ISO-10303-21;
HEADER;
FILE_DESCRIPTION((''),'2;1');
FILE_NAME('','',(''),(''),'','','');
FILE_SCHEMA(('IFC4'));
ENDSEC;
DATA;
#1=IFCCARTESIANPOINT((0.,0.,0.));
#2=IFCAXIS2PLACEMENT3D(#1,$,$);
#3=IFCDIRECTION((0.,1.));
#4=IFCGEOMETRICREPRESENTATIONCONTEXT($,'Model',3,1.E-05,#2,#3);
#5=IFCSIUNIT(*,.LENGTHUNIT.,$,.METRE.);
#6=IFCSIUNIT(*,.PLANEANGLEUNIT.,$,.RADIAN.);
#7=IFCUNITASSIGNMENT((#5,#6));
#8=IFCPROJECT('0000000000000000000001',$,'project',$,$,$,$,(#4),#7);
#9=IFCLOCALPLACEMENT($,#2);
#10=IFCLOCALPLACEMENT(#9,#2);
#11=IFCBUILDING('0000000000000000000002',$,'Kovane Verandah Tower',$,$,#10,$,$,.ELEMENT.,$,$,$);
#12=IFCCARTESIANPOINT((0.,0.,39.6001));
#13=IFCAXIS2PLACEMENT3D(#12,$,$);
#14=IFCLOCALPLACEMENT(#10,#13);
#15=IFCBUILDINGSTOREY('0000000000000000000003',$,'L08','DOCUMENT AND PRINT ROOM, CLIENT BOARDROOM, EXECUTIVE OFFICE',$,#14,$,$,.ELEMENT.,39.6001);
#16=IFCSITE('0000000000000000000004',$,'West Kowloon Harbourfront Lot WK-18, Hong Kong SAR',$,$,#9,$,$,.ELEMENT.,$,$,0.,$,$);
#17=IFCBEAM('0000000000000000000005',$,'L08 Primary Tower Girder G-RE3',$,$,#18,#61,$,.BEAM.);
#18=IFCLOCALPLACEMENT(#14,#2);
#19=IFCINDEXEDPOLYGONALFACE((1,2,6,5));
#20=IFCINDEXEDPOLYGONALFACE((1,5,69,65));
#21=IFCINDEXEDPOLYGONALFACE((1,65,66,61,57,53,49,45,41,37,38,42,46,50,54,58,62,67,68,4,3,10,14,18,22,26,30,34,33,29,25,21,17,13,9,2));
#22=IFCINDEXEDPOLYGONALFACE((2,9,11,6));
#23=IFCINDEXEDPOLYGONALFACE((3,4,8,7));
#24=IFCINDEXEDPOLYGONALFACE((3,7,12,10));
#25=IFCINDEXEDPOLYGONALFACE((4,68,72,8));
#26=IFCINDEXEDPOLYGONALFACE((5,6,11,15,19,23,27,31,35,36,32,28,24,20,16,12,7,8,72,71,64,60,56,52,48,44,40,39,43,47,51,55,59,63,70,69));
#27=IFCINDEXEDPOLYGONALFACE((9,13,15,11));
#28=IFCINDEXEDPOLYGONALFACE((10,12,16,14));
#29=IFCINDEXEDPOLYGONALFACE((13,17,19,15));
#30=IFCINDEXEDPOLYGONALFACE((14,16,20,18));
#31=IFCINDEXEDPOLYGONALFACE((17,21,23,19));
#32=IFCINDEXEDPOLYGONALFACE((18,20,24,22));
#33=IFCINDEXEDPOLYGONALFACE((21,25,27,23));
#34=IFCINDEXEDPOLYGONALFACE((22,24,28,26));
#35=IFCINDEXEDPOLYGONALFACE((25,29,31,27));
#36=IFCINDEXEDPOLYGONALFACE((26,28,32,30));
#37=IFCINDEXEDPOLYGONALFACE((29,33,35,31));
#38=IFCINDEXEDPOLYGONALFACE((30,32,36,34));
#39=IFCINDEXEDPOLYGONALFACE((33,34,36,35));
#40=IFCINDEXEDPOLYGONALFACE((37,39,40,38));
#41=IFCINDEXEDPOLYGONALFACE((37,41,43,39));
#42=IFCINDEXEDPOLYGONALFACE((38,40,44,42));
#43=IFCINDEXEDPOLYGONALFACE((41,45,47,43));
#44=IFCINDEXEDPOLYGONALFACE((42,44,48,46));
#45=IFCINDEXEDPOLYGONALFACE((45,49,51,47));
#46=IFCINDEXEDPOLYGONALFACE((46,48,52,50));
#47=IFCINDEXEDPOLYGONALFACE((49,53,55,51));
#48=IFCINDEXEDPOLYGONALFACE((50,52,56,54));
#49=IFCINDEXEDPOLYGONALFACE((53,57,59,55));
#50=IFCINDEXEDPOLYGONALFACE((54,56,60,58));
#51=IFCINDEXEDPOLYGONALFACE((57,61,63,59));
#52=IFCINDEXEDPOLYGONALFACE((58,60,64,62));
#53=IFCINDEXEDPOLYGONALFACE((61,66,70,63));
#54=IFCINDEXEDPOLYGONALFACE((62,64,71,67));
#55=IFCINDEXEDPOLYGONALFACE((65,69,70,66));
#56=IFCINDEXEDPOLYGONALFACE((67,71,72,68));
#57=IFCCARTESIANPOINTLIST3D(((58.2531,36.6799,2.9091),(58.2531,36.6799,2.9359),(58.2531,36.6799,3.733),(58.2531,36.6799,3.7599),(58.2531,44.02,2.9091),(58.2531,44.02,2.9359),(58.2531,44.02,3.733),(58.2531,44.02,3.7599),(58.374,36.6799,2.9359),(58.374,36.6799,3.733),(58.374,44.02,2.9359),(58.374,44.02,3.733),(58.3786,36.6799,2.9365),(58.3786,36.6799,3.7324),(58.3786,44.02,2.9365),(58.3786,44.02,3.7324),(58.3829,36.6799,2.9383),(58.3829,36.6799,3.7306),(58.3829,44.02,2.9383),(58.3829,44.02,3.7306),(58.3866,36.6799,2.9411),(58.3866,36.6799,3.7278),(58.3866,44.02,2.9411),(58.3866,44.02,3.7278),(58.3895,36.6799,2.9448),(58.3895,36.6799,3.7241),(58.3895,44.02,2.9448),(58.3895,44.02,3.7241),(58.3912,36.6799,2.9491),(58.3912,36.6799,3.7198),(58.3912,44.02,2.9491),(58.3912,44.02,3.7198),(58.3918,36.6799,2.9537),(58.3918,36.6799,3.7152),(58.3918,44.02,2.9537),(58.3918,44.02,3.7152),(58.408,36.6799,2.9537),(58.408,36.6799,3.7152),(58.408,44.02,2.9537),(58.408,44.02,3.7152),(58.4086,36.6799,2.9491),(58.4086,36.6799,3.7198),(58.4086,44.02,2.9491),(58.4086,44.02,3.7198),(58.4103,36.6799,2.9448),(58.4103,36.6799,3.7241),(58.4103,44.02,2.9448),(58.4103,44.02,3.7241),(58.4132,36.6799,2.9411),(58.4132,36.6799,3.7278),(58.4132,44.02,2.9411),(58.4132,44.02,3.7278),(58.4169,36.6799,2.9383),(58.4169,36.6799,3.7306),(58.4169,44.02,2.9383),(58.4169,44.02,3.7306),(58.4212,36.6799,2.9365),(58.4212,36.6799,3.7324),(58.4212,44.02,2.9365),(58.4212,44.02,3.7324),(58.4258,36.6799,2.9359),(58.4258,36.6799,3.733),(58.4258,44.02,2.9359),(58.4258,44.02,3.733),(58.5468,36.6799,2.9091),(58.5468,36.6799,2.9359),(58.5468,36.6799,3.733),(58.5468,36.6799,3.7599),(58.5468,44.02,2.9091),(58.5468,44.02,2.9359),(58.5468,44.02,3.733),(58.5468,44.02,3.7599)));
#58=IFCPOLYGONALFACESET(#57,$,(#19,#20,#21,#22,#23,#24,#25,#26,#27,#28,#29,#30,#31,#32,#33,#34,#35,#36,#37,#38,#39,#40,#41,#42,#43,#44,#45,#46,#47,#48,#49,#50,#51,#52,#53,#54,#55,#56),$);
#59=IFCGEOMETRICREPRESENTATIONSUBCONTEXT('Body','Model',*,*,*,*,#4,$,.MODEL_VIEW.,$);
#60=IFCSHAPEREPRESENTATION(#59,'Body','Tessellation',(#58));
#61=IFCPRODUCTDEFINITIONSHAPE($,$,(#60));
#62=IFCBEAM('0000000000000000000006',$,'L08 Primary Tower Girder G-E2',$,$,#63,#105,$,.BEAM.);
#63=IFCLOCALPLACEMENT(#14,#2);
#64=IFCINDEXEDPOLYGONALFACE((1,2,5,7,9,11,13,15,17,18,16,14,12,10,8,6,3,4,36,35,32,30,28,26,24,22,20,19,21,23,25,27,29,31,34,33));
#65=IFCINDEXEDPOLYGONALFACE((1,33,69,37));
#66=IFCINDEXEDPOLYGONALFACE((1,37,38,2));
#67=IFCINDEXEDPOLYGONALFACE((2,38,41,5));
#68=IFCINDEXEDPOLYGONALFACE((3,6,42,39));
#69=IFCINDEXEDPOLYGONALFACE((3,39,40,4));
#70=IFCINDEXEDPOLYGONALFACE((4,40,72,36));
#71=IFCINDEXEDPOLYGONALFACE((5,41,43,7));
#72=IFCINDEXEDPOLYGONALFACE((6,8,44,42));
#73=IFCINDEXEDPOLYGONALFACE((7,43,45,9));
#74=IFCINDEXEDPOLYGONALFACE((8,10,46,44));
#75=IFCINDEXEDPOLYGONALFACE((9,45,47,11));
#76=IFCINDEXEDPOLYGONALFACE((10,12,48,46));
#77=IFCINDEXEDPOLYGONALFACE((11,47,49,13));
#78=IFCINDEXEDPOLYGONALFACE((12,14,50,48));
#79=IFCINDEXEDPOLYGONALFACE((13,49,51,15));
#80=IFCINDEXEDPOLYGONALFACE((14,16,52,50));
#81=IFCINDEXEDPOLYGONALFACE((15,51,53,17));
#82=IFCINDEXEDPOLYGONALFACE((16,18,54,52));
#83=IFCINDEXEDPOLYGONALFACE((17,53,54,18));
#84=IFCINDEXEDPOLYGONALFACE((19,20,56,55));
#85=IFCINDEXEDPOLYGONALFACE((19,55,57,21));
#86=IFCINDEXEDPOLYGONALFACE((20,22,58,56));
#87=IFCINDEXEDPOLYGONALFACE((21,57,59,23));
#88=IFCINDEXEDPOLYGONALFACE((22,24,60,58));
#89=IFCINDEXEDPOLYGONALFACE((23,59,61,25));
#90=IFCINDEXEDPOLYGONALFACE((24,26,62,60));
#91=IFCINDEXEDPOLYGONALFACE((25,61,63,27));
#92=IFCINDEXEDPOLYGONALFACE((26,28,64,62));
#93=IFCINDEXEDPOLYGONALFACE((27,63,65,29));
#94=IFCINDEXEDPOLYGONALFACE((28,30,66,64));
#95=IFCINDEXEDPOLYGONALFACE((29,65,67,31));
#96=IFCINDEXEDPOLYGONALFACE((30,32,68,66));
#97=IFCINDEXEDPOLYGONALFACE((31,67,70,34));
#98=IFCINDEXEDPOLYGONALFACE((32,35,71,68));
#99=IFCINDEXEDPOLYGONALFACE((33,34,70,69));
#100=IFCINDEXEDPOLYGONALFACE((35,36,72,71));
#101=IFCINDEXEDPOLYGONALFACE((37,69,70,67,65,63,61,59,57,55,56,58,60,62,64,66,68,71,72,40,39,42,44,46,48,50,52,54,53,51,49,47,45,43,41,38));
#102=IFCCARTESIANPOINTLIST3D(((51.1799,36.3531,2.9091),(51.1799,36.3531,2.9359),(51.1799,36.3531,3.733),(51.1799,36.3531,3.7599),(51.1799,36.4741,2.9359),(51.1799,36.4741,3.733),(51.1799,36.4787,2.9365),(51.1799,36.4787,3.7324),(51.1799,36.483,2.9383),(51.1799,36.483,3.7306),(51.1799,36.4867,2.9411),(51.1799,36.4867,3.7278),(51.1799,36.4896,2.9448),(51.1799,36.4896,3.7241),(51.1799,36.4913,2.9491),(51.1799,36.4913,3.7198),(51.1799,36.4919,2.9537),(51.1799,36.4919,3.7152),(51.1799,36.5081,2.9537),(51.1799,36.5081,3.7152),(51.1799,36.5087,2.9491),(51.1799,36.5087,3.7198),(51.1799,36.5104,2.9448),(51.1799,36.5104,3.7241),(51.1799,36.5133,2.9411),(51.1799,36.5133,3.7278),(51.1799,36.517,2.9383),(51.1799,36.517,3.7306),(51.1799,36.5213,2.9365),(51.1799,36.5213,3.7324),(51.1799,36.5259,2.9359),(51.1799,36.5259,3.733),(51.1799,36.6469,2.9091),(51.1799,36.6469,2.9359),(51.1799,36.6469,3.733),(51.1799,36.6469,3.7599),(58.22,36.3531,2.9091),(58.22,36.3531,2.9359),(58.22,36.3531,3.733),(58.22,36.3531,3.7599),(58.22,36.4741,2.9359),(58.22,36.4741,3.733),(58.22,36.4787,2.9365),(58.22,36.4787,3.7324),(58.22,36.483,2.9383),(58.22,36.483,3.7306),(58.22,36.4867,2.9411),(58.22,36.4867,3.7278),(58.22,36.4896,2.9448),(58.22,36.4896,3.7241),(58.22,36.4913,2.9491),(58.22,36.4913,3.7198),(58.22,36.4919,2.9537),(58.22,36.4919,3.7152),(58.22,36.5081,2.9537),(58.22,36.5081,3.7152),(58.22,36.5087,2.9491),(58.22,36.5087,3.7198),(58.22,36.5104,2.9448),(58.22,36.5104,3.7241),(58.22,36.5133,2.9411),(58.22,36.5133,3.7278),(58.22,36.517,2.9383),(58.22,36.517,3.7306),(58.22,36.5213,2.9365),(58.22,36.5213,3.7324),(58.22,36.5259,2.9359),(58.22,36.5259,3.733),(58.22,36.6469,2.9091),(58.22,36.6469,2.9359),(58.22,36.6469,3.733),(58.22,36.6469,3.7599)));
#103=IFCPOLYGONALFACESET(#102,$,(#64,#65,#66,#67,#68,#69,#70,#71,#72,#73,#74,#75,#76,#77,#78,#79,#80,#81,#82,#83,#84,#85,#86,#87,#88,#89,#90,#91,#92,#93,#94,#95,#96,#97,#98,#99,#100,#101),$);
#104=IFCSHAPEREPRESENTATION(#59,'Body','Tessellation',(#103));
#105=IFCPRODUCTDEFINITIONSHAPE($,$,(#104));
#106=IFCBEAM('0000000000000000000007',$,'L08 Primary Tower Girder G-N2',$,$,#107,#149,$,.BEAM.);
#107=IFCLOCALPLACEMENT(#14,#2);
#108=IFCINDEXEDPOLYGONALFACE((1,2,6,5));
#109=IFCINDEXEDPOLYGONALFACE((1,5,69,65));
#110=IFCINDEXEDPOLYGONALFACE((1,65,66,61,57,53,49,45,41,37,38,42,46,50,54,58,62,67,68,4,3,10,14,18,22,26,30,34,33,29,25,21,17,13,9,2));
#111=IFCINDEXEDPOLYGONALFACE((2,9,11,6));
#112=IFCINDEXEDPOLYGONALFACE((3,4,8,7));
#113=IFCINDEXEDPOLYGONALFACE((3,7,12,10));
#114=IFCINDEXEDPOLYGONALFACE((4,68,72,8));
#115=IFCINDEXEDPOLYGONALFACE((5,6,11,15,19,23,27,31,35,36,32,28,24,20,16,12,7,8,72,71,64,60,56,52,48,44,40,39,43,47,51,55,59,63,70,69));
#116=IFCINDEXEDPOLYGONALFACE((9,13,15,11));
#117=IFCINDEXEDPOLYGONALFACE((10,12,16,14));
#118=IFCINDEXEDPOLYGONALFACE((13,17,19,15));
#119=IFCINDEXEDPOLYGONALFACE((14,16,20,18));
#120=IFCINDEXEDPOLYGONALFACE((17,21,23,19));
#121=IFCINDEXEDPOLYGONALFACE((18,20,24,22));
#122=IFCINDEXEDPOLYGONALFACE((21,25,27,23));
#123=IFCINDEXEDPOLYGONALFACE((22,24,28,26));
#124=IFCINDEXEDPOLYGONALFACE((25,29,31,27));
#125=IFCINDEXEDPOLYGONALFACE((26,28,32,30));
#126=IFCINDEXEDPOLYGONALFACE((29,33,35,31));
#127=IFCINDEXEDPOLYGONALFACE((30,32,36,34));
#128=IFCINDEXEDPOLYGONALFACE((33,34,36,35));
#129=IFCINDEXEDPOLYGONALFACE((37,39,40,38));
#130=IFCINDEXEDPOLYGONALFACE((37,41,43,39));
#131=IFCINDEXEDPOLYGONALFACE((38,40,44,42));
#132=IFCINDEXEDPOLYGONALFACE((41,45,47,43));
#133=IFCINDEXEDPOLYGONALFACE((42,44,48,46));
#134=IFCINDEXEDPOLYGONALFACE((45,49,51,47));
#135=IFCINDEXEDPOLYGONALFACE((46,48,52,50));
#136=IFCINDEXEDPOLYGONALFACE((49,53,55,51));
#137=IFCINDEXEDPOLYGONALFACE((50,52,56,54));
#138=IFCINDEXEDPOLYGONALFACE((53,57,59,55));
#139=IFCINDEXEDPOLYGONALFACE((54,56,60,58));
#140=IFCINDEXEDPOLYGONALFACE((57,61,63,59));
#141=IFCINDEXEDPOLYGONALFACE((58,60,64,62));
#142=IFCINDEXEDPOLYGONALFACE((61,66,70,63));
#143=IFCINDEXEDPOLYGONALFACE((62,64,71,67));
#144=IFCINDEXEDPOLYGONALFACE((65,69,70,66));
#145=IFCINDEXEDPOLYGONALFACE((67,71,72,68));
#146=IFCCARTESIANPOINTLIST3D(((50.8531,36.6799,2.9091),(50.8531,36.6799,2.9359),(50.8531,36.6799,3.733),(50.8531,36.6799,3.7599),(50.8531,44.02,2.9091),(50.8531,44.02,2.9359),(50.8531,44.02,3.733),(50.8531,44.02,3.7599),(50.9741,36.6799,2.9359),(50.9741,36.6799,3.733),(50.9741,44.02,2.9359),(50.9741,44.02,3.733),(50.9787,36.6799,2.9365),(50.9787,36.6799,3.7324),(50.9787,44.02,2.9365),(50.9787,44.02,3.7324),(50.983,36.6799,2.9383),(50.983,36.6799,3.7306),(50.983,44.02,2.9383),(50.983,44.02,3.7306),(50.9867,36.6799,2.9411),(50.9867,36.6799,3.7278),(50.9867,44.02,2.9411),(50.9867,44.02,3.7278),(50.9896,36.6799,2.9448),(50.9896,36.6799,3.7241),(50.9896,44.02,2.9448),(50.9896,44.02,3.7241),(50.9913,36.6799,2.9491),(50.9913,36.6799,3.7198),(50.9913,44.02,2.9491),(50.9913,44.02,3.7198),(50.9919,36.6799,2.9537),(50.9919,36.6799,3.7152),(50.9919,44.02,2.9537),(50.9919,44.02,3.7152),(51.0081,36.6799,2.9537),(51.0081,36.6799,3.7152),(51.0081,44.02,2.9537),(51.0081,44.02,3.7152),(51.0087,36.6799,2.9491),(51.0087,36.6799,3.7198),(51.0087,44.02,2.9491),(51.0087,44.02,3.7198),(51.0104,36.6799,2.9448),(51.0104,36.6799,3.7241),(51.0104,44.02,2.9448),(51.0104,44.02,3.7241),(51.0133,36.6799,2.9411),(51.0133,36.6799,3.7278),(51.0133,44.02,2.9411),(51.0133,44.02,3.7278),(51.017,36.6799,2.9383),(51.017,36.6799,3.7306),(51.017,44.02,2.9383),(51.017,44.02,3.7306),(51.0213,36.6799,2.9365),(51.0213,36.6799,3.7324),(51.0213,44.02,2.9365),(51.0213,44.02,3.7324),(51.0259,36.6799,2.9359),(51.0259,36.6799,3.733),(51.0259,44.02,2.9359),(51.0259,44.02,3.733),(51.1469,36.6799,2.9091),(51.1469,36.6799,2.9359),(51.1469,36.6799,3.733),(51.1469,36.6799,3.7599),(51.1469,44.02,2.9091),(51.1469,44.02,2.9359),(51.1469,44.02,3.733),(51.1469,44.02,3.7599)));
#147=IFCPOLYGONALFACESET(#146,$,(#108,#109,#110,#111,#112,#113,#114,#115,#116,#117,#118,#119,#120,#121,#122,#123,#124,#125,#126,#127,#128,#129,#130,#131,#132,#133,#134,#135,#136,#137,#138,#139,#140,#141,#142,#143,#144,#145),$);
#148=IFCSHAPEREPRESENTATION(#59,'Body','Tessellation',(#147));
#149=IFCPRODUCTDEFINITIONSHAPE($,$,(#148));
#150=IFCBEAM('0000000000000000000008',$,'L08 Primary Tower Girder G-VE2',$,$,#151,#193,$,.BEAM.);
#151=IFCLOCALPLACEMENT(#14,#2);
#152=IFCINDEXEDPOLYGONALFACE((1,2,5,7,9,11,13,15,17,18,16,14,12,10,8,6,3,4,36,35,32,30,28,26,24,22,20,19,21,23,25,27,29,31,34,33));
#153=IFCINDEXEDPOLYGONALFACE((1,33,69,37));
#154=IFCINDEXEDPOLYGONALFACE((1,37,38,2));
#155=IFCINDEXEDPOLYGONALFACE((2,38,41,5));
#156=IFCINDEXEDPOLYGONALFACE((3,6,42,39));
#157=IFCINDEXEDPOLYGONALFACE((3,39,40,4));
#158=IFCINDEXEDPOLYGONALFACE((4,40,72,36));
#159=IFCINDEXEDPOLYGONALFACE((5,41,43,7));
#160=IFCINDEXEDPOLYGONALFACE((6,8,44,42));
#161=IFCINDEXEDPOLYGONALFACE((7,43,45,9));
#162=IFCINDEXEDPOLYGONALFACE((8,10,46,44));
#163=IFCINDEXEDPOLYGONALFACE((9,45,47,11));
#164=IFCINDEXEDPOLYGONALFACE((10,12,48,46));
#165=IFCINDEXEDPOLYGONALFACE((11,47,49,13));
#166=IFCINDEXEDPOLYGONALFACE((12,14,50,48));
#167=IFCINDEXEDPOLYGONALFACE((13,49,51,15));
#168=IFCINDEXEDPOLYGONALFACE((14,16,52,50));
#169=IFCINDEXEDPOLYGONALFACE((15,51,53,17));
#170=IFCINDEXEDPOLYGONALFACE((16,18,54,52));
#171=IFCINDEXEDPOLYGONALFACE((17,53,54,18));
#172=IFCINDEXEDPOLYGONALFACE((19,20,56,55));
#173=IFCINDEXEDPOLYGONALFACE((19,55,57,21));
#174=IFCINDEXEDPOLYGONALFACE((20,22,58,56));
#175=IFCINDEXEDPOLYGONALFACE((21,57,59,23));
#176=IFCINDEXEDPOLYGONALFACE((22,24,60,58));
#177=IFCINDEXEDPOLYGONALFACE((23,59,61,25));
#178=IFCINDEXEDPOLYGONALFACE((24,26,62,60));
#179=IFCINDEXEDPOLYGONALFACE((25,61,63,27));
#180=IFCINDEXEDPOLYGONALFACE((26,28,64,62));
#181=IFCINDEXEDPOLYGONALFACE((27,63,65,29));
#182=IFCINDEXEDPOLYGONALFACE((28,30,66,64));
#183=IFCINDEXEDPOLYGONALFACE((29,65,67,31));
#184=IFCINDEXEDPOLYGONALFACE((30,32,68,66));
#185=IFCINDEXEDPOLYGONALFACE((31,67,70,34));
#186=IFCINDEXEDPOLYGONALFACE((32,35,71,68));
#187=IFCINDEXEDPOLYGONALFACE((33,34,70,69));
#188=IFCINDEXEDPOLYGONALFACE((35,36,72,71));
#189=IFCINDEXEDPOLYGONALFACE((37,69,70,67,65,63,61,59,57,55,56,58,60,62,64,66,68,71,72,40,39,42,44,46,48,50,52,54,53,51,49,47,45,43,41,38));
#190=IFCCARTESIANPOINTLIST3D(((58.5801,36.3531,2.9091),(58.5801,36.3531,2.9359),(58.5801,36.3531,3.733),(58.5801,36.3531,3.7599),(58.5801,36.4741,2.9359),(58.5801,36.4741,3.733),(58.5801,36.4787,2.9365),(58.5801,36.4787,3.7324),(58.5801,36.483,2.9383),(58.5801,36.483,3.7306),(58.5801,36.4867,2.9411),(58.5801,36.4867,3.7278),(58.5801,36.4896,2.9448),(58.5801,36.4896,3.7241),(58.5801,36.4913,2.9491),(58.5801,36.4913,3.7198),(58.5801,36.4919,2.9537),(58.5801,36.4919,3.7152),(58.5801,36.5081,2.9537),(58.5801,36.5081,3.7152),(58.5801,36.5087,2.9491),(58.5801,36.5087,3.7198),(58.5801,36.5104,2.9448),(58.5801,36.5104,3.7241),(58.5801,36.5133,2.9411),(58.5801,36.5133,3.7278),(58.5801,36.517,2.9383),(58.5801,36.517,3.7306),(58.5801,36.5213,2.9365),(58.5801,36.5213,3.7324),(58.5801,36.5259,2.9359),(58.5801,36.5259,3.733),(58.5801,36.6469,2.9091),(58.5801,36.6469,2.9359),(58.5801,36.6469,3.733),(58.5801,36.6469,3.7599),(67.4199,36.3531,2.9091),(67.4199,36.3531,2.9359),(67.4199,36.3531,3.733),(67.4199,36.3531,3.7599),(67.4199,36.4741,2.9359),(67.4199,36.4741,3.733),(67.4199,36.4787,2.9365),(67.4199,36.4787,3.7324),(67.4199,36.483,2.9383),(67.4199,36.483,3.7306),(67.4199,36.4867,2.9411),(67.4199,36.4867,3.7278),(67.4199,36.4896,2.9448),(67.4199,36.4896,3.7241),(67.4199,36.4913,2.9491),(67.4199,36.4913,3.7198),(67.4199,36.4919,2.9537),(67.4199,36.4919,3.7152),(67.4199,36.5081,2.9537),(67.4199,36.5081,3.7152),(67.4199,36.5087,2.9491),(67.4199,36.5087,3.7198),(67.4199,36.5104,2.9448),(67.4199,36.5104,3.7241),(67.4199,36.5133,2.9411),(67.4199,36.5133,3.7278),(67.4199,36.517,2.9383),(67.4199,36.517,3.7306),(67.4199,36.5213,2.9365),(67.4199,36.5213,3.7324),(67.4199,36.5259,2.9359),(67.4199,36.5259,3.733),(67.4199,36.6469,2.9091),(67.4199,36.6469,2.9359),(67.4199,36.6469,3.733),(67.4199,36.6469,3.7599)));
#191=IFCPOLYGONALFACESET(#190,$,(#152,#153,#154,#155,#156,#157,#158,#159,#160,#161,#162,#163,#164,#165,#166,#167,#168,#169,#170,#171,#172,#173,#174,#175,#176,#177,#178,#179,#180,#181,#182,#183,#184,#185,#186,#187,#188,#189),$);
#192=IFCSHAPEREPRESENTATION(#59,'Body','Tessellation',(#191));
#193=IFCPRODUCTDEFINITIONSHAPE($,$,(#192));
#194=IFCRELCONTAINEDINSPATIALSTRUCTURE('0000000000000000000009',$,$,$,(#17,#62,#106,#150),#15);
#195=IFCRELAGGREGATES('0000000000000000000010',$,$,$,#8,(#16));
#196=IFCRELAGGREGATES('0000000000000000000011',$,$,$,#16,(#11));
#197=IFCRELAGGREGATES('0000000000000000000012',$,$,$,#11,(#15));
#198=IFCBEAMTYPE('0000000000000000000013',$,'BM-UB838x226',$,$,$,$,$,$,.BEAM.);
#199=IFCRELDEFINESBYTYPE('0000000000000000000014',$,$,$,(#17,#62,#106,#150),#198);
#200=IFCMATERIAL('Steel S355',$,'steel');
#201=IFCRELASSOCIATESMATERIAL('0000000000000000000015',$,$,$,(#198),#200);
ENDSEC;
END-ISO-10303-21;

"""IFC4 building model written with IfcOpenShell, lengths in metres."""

from ifc_helpers import new_model, si_unit, direction, frame, origin, origin_2d, place, context, subcontext, project, spatial, i_section, extrude, material, material_profile, profile_set, type_object, element, save


model = new_model("IFC4")

# Units and contexts
model_context = context("Model", 3, precision=1e-05, world=origin(), true_north=direction((0.0, 1.0)))
body_context = subcontext(model_context, "Body", "Model", "MODEL_VIEW")
ifc_project = project(units=[si_unit("LENGTHUNIT", "METRE"), si_unit("PLANEANGLEUNIT", "RADIAN")], contexts=[model_context])

# Site, building, storey
site_placement = place(None, origin())
site = spatial("IfcSite", under=ifc_project, at=site_placement, Name="West Kowloon Harbourfront Lot WK-18, Hong Kong SAR", CompositionType="ELEMENT", RefElevation=0.0)
building_placement = place(site_placement, origin())
building = spatial("IfcBuilding", under=site, at=building_placement, Name="Kovane Verandah Tower", CompositionType="ELEMENT")
storey_placement = place(building_placement, frame((0.0, 0.0, 39.6001)))
storey = spatial("IfcBuildingStorey", under=building, at=storey_placement, Name="L08", Description="DOCUMENT AND PRINT ROOM, CLIENT BOARDROOM, EXECUTIVE OFFICE", CompositionType="ELEMENT", Elevation=39.6001)

# Beams
ifc_material_1 = material(Name="Steel S355", Category="steel")
ifc_material_profile_1 = material_profile(ifc_material_1, i_section(OverallWidth=0.2937, OverallDepth=0.8508, WebThickness=0.0161, FlangeThickness=0.0269, FilletRadius=0.0178, at=origin_2d()), Name="UB838x292x226")
ifc_profile_set_1 = profile_set([ifc_material_profile_1], Name="Steel S355")
beam_type_1 = type_object("IfcBeamType", Name="BM-UB838x226", PredefinedType="BEAM", material=ifc_profile_set_1)
beam_1_placement = place(storey_placement, frame((58.3999, 36.6799, 3.3345), z_axis=(0.0, 1.0, 0.0), x_axis=(-1.0, 0.0, 0.0)))
element("IfcBeam", 1, at=beam_1_placement, inside=storey, type_object=beam_type_1, Name="L08 Primary Tower Girder G-RE3", PredefinedType="BEAM", context=body_context, shape_type="SweptSolid", body=[
    extrude(i_section(OverallWidth=0.2937, OverallDepth=0.8508, WebThickness=0.0161, FlangeThickness=0.0269, FilletRadius=0.0178, at=origin_2d()), origin(), (0.0, 0.0, 1.0), 7.3401),
])
beam_2_placement = place(storey_placement, frame((51.1799, 36.5, 3.3345), z_axis=(1.0, 0.0, 0.0), x_axis=(0.0, 1.0, 0.0)))
element("IfcBeam", 2, at=beam_2_placement, inside=storey, type_object=beam_type_1, Name="L08 Primary Tower Girder G-E2", PredefinedType="BEAM", context=body_context, shape_type="SweptSolid", body=[
    extrude(i_section(OverallWidth=0.2937, OverallDepth=0.8508, WebThickness=0.0161, FlangeThickness=0.0269, FilletRadius=0.0178, at=origin_2d()), origin(), (0.0, 0.0, 1.0), 7.04),
])
beam_3_placement = place(storey_placement, frame((51.0, 36.6799, 3.3345), z_axis=(0.0, 1.0, 0.0), x_axis=(-1.0, 0.0, 0.0)))
element("IfcBeam", 3, at=beam_3_placement, inside=storey, type_object=beam_type_1, Name="L08 Primary Tower Girder G-N2", PredefinedType="BEAM", context=body_context, shape_type="SweptSolid", body=[
    extrude(i_section(OverallWidth=0.2937, OverallDepth=0.8508, WebThickness=0.0161, FlangeThickness=0.0269, FilletRadius=0.0178, at=origin_2d()), origin(), (0.0, 0.0, 1.0), 7.3401),
])
beam_4_placement = place(storey_placement, frame((58.5801, 36.5, 3.3345), z_axis=(1.0, 0.0, 0.0), x_axis=(0.0, 1.0, 0.0)))
element("IfcBeam", 4, at=beam_4_placement, inside=storey, type_object=beam_type_1, Name="L08 Primary Tower Girder G-VE2", PredefinedType="BEAM", context=body_context, shape_type="SweptSolid", body=[
    extrude(i_section(OverallWidth=0.2937, OverallDepth=0.8508, WebThickness=0.0161, FlangeThickness=0.0269, FilletRadius=0.0178, at=origin_2d()), origin(), (0.0, 0.0, 1.0), 8.8398),
])

save(model, "model.ifc")
